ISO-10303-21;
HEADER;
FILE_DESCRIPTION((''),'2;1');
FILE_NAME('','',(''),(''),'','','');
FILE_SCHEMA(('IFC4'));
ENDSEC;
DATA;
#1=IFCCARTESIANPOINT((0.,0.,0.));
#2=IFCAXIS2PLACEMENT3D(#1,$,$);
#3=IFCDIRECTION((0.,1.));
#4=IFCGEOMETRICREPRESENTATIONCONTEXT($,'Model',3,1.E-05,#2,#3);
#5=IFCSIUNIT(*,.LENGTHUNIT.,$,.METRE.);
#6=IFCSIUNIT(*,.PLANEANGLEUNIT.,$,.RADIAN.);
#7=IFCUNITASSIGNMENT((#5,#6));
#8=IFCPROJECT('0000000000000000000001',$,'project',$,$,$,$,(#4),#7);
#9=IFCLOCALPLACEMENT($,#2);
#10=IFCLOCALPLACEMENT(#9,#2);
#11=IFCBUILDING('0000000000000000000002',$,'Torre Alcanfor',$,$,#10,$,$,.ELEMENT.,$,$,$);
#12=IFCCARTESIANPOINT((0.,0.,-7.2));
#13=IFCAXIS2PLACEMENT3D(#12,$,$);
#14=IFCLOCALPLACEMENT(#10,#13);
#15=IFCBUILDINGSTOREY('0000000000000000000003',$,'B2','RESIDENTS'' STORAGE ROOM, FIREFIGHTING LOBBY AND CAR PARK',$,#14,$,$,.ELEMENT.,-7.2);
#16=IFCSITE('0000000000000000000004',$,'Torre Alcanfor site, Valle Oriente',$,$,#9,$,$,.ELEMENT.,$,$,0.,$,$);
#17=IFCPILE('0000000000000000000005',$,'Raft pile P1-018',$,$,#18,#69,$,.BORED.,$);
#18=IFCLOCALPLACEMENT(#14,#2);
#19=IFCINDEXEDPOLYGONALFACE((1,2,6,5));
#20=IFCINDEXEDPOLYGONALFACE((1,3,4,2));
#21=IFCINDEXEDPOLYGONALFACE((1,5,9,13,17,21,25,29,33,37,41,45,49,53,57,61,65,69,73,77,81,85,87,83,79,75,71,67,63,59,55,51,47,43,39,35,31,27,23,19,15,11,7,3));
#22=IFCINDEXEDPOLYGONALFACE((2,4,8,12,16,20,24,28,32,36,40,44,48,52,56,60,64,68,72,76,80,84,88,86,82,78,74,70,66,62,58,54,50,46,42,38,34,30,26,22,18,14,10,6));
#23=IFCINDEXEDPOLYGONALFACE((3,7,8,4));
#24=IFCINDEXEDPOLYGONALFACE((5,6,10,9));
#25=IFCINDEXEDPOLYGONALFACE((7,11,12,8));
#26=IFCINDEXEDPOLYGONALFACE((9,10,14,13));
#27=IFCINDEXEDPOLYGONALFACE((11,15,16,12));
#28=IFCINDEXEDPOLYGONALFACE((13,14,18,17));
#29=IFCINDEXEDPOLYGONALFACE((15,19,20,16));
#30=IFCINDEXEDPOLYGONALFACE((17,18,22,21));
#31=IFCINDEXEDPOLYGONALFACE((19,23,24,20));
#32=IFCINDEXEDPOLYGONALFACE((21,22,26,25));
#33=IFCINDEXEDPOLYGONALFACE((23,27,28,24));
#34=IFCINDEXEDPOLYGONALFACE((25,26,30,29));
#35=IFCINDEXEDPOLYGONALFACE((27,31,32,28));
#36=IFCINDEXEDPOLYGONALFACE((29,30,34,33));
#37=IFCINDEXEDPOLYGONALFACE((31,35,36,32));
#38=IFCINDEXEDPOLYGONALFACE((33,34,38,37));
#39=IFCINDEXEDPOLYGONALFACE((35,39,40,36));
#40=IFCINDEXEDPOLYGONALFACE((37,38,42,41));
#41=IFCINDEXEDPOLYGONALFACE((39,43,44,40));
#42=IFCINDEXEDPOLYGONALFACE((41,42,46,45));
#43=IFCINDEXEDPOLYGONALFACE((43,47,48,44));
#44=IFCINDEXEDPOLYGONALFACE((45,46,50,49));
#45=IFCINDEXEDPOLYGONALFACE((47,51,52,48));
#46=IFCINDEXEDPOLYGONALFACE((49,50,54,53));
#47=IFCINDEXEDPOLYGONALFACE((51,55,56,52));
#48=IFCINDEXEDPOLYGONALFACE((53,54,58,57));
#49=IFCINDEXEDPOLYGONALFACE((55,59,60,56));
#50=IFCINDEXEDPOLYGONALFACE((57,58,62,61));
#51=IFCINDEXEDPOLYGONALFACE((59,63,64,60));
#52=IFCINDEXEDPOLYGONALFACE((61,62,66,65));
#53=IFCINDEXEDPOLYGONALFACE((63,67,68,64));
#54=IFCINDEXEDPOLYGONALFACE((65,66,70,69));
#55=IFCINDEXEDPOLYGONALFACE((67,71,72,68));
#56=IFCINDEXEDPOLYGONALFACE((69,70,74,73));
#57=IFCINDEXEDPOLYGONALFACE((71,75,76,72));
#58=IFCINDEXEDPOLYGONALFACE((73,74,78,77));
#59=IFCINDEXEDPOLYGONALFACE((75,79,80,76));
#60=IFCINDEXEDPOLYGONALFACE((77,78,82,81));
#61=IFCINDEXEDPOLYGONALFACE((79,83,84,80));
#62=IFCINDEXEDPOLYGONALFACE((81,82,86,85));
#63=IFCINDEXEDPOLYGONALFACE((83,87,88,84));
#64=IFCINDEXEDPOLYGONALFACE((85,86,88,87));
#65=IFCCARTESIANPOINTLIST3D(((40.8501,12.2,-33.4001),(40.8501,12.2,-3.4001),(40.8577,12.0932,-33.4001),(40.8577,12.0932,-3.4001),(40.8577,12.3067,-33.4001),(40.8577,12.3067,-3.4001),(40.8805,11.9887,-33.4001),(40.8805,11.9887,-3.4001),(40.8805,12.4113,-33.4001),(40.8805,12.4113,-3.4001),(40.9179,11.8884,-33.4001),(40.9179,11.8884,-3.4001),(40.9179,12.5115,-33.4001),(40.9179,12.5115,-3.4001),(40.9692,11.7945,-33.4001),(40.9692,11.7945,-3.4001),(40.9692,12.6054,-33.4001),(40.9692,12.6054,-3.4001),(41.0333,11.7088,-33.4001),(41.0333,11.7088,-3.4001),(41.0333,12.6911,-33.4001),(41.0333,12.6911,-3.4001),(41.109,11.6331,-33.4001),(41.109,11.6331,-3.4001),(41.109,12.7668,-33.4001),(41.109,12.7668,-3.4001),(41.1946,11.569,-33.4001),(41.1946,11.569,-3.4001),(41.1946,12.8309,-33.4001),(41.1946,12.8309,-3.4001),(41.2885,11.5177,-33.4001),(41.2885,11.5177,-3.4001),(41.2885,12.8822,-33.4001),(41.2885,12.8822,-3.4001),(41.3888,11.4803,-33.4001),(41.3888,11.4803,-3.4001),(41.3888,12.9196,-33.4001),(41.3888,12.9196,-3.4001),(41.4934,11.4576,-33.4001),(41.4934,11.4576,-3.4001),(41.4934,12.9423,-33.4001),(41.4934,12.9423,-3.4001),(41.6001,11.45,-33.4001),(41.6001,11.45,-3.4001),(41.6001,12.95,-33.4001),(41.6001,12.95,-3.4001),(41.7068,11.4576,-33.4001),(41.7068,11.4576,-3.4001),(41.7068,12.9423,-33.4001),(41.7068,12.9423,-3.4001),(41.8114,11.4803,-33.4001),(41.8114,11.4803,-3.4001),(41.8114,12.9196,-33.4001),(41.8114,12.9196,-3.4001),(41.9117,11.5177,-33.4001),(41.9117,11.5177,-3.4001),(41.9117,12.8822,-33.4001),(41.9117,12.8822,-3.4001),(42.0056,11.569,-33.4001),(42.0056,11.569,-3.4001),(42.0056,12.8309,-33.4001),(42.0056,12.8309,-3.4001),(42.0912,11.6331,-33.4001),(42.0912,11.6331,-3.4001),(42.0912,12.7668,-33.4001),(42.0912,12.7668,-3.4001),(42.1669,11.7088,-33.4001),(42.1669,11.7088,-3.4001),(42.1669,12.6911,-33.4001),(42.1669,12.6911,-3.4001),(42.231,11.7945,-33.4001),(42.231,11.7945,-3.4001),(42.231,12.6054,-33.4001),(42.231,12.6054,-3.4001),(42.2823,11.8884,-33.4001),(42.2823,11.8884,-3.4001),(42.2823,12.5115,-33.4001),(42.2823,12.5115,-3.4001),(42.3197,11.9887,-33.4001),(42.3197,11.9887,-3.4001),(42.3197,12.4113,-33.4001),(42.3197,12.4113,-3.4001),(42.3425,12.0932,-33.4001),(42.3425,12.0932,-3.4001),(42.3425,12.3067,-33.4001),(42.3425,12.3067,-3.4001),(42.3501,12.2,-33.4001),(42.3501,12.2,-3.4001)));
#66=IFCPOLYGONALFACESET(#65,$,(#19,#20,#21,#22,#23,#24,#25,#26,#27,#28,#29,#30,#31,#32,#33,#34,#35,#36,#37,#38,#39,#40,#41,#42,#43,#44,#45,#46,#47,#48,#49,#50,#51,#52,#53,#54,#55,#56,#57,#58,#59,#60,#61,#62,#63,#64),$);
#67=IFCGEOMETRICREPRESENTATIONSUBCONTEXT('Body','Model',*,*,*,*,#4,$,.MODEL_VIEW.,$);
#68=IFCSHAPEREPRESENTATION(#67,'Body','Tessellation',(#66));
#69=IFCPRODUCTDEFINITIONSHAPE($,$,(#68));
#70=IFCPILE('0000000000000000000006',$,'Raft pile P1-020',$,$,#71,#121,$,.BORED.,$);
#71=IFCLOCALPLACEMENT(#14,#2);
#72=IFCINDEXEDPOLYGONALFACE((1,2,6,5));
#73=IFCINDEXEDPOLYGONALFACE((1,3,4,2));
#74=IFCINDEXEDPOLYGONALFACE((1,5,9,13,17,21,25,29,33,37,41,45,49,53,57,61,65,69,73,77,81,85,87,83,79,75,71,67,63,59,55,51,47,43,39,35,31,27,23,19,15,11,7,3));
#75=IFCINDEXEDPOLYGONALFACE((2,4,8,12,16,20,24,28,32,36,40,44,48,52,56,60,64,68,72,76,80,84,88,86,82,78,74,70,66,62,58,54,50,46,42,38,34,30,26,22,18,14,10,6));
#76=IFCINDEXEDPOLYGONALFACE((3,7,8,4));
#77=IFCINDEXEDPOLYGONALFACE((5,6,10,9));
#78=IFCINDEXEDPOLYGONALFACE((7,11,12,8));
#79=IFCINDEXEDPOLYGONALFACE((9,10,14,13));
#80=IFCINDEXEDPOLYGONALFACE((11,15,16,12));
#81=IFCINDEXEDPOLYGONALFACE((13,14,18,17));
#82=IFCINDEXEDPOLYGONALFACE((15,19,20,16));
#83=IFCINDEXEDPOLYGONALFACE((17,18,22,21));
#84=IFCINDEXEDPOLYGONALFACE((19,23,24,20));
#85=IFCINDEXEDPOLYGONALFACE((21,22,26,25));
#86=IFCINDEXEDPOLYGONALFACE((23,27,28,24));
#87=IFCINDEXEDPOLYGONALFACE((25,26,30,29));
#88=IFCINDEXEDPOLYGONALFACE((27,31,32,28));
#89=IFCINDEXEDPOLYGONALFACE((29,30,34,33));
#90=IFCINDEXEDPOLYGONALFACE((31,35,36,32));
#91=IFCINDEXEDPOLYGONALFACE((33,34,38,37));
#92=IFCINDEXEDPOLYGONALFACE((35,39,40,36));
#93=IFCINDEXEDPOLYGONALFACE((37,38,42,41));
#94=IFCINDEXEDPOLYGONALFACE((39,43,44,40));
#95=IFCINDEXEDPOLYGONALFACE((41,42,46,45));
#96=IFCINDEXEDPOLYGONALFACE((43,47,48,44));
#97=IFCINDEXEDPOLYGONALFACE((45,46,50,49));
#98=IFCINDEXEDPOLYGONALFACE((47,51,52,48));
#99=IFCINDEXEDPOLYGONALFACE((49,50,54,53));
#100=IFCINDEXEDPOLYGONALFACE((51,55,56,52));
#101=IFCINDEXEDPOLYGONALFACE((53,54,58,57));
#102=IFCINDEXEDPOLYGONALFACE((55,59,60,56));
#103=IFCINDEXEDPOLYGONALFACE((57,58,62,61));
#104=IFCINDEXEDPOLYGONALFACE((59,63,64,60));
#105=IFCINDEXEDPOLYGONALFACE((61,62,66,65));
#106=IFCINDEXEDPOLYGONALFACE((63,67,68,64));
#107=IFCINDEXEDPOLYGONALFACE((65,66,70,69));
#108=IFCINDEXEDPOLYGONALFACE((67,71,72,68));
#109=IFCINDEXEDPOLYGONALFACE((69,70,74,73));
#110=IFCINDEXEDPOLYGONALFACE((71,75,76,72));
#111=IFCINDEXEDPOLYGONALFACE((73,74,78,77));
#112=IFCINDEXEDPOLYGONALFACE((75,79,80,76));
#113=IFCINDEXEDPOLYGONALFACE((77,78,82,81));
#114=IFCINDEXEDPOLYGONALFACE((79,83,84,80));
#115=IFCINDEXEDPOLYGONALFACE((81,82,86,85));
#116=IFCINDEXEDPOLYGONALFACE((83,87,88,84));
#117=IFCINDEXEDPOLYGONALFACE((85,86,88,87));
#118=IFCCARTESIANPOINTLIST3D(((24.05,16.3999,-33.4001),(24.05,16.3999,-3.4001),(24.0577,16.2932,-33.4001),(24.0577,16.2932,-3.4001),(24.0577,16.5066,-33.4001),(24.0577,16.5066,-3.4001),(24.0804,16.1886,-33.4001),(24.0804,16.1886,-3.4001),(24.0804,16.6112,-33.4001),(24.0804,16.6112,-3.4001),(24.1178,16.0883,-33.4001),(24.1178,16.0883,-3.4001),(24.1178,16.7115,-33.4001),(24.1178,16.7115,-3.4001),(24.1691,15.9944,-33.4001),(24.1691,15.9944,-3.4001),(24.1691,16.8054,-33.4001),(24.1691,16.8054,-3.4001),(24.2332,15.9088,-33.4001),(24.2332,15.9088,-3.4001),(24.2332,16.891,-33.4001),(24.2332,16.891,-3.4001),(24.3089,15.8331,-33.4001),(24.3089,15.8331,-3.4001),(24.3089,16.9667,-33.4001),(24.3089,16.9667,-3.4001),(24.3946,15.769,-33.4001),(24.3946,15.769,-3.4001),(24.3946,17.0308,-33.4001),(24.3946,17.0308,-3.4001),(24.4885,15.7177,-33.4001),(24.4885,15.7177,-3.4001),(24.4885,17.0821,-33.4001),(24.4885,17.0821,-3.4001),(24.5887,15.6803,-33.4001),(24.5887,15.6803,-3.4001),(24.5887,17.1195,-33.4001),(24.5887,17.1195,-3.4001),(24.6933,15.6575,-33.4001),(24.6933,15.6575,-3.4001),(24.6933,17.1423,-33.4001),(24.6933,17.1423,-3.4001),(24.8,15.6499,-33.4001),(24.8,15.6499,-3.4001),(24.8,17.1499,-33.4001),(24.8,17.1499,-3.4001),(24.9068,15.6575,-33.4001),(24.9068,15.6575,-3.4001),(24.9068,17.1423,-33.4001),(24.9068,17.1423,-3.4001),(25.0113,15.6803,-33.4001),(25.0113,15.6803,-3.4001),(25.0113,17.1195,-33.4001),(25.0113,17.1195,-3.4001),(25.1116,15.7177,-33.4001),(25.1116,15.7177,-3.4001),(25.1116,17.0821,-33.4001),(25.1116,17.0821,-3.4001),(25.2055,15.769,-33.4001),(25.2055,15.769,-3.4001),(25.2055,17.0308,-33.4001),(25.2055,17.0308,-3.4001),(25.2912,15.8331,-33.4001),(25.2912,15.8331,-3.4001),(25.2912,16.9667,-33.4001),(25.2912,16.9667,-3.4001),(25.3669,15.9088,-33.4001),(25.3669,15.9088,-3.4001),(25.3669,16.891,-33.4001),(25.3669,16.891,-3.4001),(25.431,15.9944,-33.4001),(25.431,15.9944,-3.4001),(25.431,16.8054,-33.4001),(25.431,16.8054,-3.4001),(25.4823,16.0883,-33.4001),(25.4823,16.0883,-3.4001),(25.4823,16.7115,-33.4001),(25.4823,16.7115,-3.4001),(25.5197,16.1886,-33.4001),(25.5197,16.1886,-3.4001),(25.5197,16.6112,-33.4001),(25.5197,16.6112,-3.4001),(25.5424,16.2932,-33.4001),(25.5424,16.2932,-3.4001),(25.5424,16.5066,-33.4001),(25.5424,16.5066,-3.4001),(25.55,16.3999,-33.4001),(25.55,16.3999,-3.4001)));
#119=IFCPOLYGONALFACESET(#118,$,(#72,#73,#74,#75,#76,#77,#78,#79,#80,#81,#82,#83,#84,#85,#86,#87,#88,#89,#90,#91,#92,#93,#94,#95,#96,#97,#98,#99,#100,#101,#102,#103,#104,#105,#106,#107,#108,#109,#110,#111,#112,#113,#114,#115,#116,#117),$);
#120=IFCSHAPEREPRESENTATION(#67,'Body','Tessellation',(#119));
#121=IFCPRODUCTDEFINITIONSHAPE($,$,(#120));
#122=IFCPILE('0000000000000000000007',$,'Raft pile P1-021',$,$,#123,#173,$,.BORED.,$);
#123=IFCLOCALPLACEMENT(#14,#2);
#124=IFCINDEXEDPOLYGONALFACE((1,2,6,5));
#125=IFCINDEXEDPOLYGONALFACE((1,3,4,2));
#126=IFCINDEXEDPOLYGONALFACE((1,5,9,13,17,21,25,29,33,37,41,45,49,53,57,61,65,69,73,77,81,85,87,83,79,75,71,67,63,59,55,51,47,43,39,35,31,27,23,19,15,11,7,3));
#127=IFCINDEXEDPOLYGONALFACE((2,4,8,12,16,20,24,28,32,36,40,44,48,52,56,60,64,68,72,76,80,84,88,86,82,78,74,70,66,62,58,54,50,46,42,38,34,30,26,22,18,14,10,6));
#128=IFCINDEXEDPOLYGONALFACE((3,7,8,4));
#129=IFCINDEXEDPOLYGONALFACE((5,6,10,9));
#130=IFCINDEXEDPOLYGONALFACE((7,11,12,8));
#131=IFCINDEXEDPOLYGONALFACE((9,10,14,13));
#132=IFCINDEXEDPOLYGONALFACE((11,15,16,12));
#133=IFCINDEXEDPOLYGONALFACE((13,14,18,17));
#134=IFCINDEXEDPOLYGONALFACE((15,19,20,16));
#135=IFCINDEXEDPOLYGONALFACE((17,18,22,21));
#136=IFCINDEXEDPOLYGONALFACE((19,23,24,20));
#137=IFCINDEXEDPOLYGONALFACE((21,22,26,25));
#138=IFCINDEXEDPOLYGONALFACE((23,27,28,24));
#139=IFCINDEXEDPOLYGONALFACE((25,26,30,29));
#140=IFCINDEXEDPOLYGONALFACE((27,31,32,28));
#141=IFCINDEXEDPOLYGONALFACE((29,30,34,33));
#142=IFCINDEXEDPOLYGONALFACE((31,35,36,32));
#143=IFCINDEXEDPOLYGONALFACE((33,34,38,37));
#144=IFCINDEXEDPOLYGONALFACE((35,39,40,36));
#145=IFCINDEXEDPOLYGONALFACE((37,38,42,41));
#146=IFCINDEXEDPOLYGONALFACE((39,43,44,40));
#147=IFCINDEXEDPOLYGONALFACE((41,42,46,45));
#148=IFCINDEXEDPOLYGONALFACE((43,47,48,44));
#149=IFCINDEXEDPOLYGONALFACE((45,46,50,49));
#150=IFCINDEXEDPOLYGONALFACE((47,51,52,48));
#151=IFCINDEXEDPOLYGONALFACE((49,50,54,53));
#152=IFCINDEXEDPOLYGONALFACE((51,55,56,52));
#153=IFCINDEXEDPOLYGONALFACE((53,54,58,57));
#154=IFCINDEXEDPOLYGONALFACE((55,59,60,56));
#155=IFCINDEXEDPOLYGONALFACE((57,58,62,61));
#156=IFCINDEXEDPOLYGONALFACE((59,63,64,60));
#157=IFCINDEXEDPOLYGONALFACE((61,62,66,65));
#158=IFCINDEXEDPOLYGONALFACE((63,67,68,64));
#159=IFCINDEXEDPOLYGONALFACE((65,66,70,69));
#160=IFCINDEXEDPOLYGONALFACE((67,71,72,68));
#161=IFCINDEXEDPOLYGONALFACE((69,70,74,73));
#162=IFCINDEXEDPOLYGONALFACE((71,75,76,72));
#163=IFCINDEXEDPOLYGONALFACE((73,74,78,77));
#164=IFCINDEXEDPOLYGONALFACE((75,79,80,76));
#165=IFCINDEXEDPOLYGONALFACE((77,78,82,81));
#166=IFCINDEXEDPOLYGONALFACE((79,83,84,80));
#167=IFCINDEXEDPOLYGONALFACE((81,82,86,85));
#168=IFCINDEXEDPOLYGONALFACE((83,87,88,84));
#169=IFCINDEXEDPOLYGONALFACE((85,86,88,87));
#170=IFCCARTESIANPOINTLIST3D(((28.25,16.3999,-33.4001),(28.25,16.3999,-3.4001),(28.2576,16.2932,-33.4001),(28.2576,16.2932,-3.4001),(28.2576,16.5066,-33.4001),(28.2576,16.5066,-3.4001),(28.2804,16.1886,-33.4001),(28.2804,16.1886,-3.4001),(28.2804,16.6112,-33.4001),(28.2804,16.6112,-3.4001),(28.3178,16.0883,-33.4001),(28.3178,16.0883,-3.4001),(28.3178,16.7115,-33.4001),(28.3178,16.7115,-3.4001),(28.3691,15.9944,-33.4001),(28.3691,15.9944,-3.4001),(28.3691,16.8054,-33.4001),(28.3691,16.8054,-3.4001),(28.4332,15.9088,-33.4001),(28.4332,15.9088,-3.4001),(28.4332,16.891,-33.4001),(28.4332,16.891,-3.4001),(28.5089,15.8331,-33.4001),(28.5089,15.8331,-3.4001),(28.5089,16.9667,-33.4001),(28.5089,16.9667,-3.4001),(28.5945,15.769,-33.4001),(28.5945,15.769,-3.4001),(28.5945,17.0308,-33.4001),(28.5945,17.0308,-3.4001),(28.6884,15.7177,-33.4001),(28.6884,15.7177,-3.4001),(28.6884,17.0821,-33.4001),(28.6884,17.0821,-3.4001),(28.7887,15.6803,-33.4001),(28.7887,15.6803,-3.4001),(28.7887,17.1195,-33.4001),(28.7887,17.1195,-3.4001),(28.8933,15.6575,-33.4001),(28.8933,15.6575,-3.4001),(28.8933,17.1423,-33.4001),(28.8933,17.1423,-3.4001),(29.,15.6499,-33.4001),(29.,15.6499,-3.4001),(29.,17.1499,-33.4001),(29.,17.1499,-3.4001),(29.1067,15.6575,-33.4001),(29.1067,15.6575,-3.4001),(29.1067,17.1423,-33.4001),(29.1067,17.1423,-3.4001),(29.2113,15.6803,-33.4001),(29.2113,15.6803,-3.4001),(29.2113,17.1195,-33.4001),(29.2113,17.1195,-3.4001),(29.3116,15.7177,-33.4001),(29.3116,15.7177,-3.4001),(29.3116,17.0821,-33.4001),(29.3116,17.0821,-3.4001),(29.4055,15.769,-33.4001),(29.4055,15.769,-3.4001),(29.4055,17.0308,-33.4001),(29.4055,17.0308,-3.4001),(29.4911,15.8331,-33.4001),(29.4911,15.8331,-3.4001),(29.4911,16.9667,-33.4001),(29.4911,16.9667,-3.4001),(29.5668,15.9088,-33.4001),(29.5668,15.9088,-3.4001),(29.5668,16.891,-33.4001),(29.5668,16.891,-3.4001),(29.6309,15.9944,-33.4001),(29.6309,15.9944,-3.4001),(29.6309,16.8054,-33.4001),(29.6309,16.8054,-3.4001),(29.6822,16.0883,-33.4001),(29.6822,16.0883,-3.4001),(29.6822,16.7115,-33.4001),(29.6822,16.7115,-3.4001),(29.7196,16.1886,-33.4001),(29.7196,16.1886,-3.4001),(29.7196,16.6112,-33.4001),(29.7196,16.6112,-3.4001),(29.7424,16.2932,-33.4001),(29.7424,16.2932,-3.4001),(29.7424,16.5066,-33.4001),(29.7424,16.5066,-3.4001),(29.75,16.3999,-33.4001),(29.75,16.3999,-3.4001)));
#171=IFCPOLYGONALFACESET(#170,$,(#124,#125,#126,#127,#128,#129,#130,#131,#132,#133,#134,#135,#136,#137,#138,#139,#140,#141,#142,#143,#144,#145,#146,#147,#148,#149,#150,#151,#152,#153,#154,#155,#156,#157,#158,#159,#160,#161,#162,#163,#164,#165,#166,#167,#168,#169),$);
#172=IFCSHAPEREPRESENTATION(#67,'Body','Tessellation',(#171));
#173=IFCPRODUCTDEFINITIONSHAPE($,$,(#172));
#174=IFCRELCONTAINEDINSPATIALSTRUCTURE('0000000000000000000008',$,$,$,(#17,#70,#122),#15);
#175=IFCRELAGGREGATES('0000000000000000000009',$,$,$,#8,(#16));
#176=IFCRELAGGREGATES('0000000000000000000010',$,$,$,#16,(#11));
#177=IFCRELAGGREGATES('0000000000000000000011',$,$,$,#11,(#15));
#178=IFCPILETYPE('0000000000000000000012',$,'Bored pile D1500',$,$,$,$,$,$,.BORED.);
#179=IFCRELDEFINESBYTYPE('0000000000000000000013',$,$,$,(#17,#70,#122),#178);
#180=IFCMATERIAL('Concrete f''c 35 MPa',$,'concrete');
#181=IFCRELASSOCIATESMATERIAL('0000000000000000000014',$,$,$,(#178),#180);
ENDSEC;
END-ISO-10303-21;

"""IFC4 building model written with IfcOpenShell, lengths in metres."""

from ifc_helpers import new_model, si_unit, direction, frame, origin, origin_2d, place, context, subcontext, project, spatial, circle, extrude, material, material_profile, profile_set, type_object, element, save


model = new_model("IFC4")

# Units and contexts
model_context = context("Model", 3, precision=1e-05, world=origin(), true_north=direction((0.0, 1.0)))
body_context = subcontext(model_context, "Body", "Model", "MODEL_VIEW")
ifc_project = project(units=[si_unit("LENGTHUNIT", "METRE"), si_unit("PLANEANGLEUNIT", "RADIAN")], contexts=[model_context])

# Site, building, storey
site_placement = place(None, origin())
site = spatial("IfcSite", under=ifc_project, at=site_placement, Name="Torre Alcanfor site, Valle Oriente", CompositionType="ELEMENT", RefElevation=0.0)
building_placement = place(site_placement, origin())
building = spatial("IfcBuilding", under=site, at=building_placement, Name="Torre Alcanfor", CompositionType="ELEMENT")
storey_placement = place(building_placement, frame((0.0, 0.0, -7.2)))
storey = spatial("IfcBuildingStorey", under=building, at=storey_placement, Name="B2", Description="RESIDENTS' STORAGE ROOM, FIREFIGHTING LOBBY AND CAR PARK", CompositionType="ELEMENT", Elevation=-7.2)

# Piles
ifc_material_1 = material(Name="Concrete f'c 35 MPa", Category="concrete")
ifc_material_profile_1 = material_profile(ifc_material_1, circle(Radius=0.75, at=origin_2d()), Name="D1500")
ifc_profile_set_1 = profile_set([ifc_material_profile_1], Name="Concrete f'c 35 MPa")
pile_type = type_object("IfcPileType", Name="Bored pile D1500", PredefinedType="BORED", material=ifc_profile_set_1)
for number, where, z_axis, x_axis, name in (
    (1, (41.6001, 12.2, -3.4001), (0.0, 0.0, -1.0), (1.0, 0.0, 0.0), "Raft pile P1-018"),
    (2, (24.8, 16.3999, -3.4001), (0.0, 0.0, -1.0), (1.0, 0.0, 0.0), "Raft pile P1-020"),
    (3, (29.0, 16.3999, -3.4001), (0.0, 0.0, -1.0), (1.0, 0.0, 0.0), "Raft pile P1-021"),
):
    element("IfcPile", number, at=place(storey_placement, frame(where, z_axis=z_axis, x_axis=x_axis)), inside=storey, type_object=pile_type, Name=name, PredefinedType="BORED", context=body_context, shape_type="SweptSolid", body=[
        extrude(circle(Radius=0.75, at=origin_2d()), origin(), (0.0, 0.0, 1.0), 30.0),
    ])

save(model, "model.ifc")
